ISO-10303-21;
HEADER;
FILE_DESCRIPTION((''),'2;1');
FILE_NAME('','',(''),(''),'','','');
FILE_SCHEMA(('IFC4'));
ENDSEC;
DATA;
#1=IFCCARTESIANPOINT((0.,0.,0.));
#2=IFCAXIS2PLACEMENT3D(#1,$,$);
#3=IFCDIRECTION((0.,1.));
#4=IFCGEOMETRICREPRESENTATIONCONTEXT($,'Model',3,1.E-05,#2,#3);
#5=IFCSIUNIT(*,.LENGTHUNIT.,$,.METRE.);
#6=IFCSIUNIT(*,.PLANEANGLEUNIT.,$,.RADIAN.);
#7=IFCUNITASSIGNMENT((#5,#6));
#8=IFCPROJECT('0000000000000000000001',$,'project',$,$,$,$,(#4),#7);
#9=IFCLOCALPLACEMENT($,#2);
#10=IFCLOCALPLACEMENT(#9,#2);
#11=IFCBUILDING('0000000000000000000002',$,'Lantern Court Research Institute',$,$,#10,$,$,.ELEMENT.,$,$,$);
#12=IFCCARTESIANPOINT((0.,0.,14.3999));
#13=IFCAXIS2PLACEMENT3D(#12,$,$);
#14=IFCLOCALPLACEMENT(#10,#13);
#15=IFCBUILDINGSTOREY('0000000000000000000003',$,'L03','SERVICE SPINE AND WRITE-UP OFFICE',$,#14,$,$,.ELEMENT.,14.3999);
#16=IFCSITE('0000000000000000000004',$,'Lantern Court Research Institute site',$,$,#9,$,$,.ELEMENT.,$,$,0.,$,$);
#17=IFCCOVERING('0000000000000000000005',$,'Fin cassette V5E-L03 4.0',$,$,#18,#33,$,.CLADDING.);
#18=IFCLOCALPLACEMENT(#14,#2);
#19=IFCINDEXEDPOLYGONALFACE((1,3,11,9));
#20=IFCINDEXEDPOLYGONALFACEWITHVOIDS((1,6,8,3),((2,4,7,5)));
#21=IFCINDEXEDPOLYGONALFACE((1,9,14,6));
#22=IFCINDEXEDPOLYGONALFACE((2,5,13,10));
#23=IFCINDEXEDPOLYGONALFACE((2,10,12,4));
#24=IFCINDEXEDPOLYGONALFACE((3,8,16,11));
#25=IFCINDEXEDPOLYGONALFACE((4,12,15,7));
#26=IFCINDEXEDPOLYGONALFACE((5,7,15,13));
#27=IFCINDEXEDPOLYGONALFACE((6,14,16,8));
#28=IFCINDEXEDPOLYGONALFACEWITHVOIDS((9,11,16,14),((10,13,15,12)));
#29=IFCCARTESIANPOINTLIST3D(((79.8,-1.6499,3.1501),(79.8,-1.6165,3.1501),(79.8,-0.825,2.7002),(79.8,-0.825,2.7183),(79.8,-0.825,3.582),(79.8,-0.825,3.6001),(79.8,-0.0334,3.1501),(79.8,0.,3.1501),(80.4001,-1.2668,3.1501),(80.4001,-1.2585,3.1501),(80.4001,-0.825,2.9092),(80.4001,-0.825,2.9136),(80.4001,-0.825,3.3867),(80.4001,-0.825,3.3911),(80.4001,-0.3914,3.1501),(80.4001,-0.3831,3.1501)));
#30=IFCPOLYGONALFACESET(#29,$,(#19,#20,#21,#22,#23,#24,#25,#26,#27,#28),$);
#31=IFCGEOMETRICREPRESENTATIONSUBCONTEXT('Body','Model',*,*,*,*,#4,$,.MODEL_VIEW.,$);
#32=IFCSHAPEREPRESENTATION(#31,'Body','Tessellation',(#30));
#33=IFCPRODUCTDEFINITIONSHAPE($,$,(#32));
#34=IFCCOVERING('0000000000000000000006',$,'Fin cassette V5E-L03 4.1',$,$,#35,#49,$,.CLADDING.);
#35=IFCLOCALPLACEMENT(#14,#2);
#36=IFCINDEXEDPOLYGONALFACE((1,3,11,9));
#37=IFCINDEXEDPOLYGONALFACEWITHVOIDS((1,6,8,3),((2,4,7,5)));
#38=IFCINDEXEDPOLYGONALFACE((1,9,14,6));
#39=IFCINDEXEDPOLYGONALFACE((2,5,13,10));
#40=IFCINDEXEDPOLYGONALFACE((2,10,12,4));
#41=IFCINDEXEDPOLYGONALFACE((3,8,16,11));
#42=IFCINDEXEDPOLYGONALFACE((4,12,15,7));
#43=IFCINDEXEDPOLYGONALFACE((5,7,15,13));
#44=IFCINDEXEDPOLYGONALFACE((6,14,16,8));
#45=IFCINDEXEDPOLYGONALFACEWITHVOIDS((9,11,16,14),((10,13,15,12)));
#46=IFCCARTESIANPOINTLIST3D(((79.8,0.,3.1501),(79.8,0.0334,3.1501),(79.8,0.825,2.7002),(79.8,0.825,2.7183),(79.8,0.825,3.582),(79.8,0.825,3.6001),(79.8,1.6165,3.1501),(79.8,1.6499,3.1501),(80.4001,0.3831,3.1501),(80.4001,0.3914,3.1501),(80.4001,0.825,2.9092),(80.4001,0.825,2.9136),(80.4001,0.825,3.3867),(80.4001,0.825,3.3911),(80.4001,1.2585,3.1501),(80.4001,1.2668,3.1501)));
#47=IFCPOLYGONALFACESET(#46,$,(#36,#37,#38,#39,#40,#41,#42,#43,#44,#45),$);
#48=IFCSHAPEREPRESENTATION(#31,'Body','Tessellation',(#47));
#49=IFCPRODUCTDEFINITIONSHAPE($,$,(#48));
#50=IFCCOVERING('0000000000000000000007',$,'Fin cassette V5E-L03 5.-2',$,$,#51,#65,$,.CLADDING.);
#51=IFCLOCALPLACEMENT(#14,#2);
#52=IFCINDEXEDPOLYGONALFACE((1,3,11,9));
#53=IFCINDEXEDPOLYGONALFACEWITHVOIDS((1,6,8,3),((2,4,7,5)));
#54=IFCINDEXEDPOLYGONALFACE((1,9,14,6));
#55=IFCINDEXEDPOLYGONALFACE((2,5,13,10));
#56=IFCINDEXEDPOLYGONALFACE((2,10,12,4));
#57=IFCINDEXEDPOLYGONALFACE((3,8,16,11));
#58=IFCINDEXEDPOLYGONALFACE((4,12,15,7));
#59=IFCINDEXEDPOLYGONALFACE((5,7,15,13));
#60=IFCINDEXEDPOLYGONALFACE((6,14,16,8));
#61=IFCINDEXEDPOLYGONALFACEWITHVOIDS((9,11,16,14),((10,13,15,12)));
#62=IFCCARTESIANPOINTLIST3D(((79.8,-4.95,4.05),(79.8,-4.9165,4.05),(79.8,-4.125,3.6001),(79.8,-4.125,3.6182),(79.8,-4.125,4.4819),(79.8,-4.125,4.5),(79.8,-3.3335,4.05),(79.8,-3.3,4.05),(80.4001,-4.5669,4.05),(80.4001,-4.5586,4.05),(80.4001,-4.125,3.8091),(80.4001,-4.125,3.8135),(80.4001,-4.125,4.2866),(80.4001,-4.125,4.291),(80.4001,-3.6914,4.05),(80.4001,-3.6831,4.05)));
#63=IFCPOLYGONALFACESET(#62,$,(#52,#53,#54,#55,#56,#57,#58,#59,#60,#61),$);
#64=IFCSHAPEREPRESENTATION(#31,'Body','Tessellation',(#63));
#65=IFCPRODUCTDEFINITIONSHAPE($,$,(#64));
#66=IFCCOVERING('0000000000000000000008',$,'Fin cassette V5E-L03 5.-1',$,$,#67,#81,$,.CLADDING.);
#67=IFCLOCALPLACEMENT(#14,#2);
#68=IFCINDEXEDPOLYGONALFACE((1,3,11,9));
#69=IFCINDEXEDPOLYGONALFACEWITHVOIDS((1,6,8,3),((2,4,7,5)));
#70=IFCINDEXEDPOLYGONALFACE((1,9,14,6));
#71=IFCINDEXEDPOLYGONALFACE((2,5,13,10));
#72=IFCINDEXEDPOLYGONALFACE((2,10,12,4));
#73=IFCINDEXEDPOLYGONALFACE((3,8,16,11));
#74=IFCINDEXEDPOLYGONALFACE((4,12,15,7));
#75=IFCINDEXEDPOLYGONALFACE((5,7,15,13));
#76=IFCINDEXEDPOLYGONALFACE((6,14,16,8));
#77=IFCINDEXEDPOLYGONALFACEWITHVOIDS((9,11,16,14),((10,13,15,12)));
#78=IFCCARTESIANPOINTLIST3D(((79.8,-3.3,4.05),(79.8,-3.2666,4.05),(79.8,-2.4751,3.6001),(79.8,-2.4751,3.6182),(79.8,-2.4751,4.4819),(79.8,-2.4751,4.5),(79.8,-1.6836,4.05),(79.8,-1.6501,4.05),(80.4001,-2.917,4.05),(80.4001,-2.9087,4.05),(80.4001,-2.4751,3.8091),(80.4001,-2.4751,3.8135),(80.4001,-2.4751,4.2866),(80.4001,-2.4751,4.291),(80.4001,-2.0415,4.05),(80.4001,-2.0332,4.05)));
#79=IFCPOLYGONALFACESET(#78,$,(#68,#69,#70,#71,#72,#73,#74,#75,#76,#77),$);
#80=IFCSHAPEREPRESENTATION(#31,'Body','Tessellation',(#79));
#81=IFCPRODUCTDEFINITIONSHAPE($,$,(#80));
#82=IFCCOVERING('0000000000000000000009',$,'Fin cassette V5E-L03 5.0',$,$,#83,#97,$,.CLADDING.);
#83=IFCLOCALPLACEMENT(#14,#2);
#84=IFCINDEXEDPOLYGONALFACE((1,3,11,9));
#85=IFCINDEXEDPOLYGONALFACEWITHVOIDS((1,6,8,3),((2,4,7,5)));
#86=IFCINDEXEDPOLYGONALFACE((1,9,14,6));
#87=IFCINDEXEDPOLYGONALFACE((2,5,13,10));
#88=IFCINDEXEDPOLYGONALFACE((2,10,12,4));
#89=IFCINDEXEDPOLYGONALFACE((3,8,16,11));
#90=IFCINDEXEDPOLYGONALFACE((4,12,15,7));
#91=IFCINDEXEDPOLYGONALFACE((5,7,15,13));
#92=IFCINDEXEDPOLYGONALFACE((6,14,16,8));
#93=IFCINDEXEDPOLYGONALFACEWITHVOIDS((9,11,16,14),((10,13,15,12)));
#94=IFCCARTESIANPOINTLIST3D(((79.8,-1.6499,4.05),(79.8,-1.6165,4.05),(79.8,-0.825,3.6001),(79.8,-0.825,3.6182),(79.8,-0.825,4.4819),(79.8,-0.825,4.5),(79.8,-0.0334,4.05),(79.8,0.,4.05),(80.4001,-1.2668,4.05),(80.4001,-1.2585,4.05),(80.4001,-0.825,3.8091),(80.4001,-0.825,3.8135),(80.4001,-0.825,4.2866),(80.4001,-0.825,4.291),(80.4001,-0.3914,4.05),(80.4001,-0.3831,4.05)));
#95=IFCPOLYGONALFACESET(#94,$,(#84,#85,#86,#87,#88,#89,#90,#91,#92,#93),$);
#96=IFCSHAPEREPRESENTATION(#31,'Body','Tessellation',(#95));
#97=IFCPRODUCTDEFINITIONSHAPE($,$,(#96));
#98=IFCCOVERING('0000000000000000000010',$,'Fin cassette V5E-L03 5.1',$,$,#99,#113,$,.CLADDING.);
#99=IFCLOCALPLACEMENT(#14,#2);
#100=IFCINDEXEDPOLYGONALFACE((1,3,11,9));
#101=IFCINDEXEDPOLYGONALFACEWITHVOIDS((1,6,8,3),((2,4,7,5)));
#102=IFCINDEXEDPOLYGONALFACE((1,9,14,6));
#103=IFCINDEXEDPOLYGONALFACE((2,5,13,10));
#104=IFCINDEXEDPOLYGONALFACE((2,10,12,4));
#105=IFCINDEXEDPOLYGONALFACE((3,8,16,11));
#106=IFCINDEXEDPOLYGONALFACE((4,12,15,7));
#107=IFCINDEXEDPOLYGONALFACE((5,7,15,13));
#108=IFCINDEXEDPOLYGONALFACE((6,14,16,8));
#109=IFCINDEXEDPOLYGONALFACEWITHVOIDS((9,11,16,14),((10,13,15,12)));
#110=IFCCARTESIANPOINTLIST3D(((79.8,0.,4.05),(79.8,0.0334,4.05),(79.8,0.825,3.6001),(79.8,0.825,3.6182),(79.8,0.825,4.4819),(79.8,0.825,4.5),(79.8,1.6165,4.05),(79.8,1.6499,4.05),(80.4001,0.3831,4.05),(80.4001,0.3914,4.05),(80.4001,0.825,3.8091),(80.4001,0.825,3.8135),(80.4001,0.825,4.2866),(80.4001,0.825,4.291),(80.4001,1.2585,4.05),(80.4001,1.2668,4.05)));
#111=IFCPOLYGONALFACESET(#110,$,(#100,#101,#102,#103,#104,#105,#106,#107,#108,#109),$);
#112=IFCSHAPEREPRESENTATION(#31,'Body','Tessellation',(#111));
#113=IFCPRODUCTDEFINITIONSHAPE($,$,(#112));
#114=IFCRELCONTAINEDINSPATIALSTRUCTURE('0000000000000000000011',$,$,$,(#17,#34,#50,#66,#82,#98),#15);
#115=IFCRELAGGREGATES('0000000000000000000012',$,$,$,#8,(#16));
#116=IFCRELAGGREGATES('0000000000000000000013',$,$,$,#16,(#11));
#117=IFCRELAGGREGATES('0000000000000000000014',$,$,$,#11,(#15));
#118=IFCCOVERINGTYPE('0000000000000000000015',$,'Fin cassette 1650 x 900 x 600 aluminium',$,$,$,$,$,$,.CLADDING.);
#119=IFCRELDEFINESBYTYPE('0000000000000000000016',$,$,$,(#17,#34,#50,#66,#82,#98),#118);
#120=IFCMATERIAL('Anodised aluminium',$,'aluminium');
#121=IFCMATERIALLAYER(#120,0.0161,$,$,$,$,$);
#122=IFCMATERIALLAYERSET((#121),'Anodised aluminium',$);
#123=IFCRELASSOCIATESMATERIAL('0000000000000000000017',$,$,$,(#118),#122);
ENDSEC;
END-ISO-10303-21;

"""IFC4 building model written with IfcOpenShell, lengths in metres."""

from ifc_helpers import new_model, entity, si_unit, direction, frame, origin, place, context, subcontext, project, spatial, material, layer, layer_set, type_object, element, save


model = new_model("IFC4")

# Units and contexts
model_context = context("Model", 3, precision=1e-05, world=origin(), true_north=direction((0.0, 1.0)))
body_context = subcontext(model_context, "Body", "Model", "MODEL_VIEW")
ifc_project = project(units=[si_unit("LENGTHUNIT", "METRE"), si_unit("PLANEANGLEUNIT", "RADIAN")], contexts=[model_context])

# Site, building, storey
site_placement = place(None, origin())
site = spatial("IfcSite", under=ifc_project, at=site_placement, Name="Lantern Court Research Institute site", CompositionType="ELEMENT", RefElevation=0.0)
building_placement = place(site_placement, origin())
building = spatial("IfcBuilding", under=site, at=building_placement, Name="Lantern Court Research Institute", CompositionType="ELEMENT")
storey_placement = place(building_placement, frame((0.0, 0.0, 14.3999)))
storey = spatial("IfcBuildingStorey", under=building, at=storey_placement, Name="L03", Description="SERVICE SPINE AND WRITE-UP OFFICE", CompositionType="ELEMENT", Elevation=14.3999)

# Coverings
ifc_material_1 = material(Name="Anodised aluminium", Category="aluminium")
ifc_layer_1 = layer(ifc_material_1, 0.0161)
ifc_layer_set_1 = layer_set([ifc_layer_1], Name="Anodised aluminium")
covering_type = type_object("IfcCoveringType", Name="Fin cassette 1650 x 900 x 600 aluminium", PredefinedType="CLADDING", material=ifc_layer_set_1)
covering_1_placement = place(storey_placement, frame((79.8, -0.825, 3.1501), z_axis=(1.0, 0.0, 0.0), x_axis=(0.0, 1.0, 0.0)))
cartesian_point_1 = entity("IfcCartesianPoint", [0.825, 0.0])
cartesian_point_2 = entity("IfcCartesianPoint", [0.7915, 0.0])
cartesian_point_3 = entity("IfcCartesianPoint", [0.4419, 0.0])
cartesian_point_4 = entity("IfcCartesianPoint", [0.4336, 0.0])
element("IfcCovering", 1, at=covering_1_placement, inside=storey, type_object=covering_type, Name="Fin cassette V5E-L03 4.0", PredefinedType="CLADDING", context=body_context, shape_type="SweptSolid", body=[
    entity("IfcExtrudedAreaSolidTapered", entity("IfcArbitraryProfileDefWithVoids", "AREA", None, entity("IfcPolyline", [cartesian_point_1, entity("IfcCartesianPoint", [0.0, 0.45]), entity("IfcCartesianPoint", [-0.825, 0.0]), entity("IfcCartesianPoint", [0.0, -0.45]), cartesian_point_1]), [entity("IfcPolyline", [cartesian_point_2, entity("IfcCartesianPoint", [0.0, 0.4319]), entity("IfcCartesianPoint", [-0.7915, 0.0]), entity("IfcCartesianPoint", [0.0, -0.4319]), cartesian_point_2])]), entity("IfcAxis2Placement3D", entity("IfcCartesianPoint", [0.0, 0.0, 0.0])), entity("IfcDirection", [0.0, 0.0, 1.0]), 0.6001, entity("IfcArbitraryProfileDefWithVoids", "AREA", None, entity("IfcPolyline", [cartesian_point_3, entity("IfcCartesianPoint", [0.0, 0.241]), entity("IfcCartesianPoint", [-0.4419, 0.0]), entity("IfcCartesianPoint", [0.0, -0.241]), cartesian_point_3]), [entity("IfcPolyline", [cartesian_point_4, entity("IfcCartesianPoint", [0.0, 0.2366]), entity("IfcCartesianPoint", [-0.4336, 0.0]), entity("IfcCartesianPoint", [0.0, -0.2366]), cartesian_point_4])])),
])
covering_2_placement = place(storey_placement, frame((79.8, 0.825, 3.1501), z_axis=(1.0, 0.0, 0.0), x_axis=(0.0, 1.0, 0.0)))
cartesian_point_5 = entity("IfcCartesianPoint", [0.825, 0.0])
cartesian_point_6 = entity("IfcCartesianPoint", [0.7915, 0.0])
cartesian_point_7 = entity("IfcCartesianPoint", [0.4419, 0.0])
cartesian_point_8 = entity("IfcCartesianPoint", [0.4336, 0.0])
element("IfcCovering", 2, at=covering_2_placement, inside=storey, type_object=covering_type, Name="Fin cassette V5E-L03 4.1", PredefinedType="CLADDING", context=body_context, shape_type="SweptSolid", body=[
    entity("IfcExtrudedAreaSolidTapered", entity("IfcArbitraryProfileDefWithVoids", "AREA", None, entity("IfcPolyline", [cartesian_point_5, entity("IfcCartesianPoint", [0.0, 0.45]), entity("IfcCartesianPoint", [-0.825, 0.0]), entity("IfcCartesianPoint", [0.0, -0.45]), cartesian_point_5]), [entity("IfcPolyline", [cartesian_point_6, entity("IfcCartesianPoint", [0.0, 0.4319]), entity("IfcCartesianPoint", [-0.7915, 0.0]), entity("IfcCartesianPoint", [0.0, -0.4319]), cartesian_point_6])]), entity("IfcAxis2Placement3D", entity("IfcCartesianPoint", [0.0, 0.0, 0.0])), entity("IfcDirection", [0.0, 0.0, 1.0]), 0.6001, entity("IfcArbitraryProfileDefWithVoids", "AREA", None, entity("IfcPolyline", [cartesian_point_7, entity("IfcCartesianPoint", [0.0, 0.241]), entity("IfcCartesianPoint", [-0.4419, 0.0]), entity("IfcCartesianPoint", [0.0, -0.241]), cartesian_point_7]), [entity("IfcPolyline", [cartesian_point_8, entity("IfcCartesianPoint", [0.0, 0.2366]), entity("IfcCartesianPoint", [-0.4336, 0.0]), entity("IfcCartesianPoint", [0.0, -0.2366]), cartesian_point_8])])),
])
covering_3_placement = place(storey_placement, frame((79.8, -4.125, 4.05), z_axis=(1.0, 0.0, 0.0), x_axis=(0.0, 1.0, 0.0)))
cartesian_point_9 = entity("IfcCartesianPoint", [0.825, 0.0])
cartesian_point_10 = entity("IfcCartesianPoint", [0.7915, 0.0])
cartesian_point_11 = entity("IfcCartesianPoint", [0.4419, 0.0])
cartesian_point_12 = entity("IfcCartesianPoint", [0.4336, 0.0])
element("IfcCovering", 3, at=covering_3_placement, inside=storey, type_object=covering_type, Name="Fin cassette V5E-L03 5.-2", PredefinedType="CLADDING", context=body_context, shape_type="SweptSolid", body=[
    entity("IfcExtrudedAreaSolidTapered", entity("IfcArbitraryProfileDefWithVoids", "AREA", None, entity("IfcPolyline", [cartesian_point_9, entity("IfcCartesianPoint", [0.0, 0.45]), entity("IfcCartesianPoint", [-0.825, 0.0]), entity("IfcCartesianPoint", [0.0, -0.45]), cartesian_point_9]), [entity("IfcPolyline", [cartesian_point_10, entity("IfcCartesianPoint", [0.0, 0.4319]), entity("IfcCartesianPoint", [-0.7915, 0.0]), entity("IfcCartesianPoint", [0.0, -0.4319]), cartesian_point_10])]), entity("IfcAxis2Placement3D", entity("IfcCartesianPoint", [0.0, 0.0, 0.0])), entity("IfcDirection", [0.0, 0.0, 1.0]), 0.6001, entity("IfcArbitraryProfileDefWithVoids", "AREA", None, entity("IfcPolyline", [cartesian_point_11, entity("IfcCartesianPoint", [0.0, 0.241]), entity("IfcCartesianPoint", [-0.4419, 0.0]), entity("IfcCartesianPoint", [0.0, -0.241]), cartesian_point_11]), [entity("IfcPolyline", [cartesian_point_12, entity("IfcCartesianPoint", [0.0, 0.2366]), entity("IfcCartesianPoint", [-0.4336, 0.0]), entity("IfcCartesianPoint", [0.0, -0.2366]), cartesian_point_12])])),
])
covering_4_placement = place(storey_placement, frame((79.8, -2.4751, 4.05), z_axis=(1.0, 0.0, 0.0), x_axis=(0.0, 1.0, 0.0)))
cartesian_point_13 = entity("IfcCartesianPoint", [0.825, 0.0])
cartesian_point_14 = entity("IfcCartesianPoint", [0.7915, 0.0])
cartesian_point_15 = entity("IfcCartesianPoint", [0.4419, 0.0])
cartesian_point_16 = entity("IfcCartesianPoint", [0.4336, 0.0])
element("IfcCovering", 4, at=covering_4_placement, inside=storey, type_object=covering_type, Name="Fin cassette V5E-L03 5.-1", PredefinedType="CLADDING", context=body_context, shape_type="SweptSolid", body=[
    entity("IfcExtrudedAreaSolidTapered", entity("IfcArbitraryProfileDefWithVoids", "AREA", None, entity("IfcPolyline", [cartesian_point_13, entity("IfcCartesianPoint", [0.0, 0.45]), entity("IfcCartesianPoint", [-0.825, 0.0]), entity("IfcCartesianPoint", [0.0, -0.45]), cartesian_point_13]), [entity("IfcPolyline", [cartesian_point_14, entity("IfcCartesianPoint", [0.0, 0.4319]), entity("IfcCartesianPoint", [-0.7915, 0.0]), entity("IfcCartesianPoint", [0.0, -0.4319]), cartesian_point_14])]), entity("IfcAxis2Placement3D", entity("IfcCartesianPoint", [0.0, 0.0, 0.0])), entity("IfcDirection", [0.0, 0.0, 1.0]), 0.6001, entity("IfcArbitraryProfileDefWithVoids", "AREA", None, entity("IfcPolyline", [cartesian_point_15, entity("IfcCartesianPoint", [0.0, 0.241]), entity("IfcCartesianPoint", [-0.4419, 0.0]), entity("IfcCartesianPoint", [0.0, -0.241]), cartesian_point_15]), [entity("IfcPolyline", [cartesian_point_16, entity("IfcCartesianPoint", [0.0, 0.2366]), entity("IfcCartesianPoint", [-0.4336, 0.0]), entity("IfcCartesianPoint", [0.0, -0.2366]), cartesian_point_16])])),
])
covering_5_placement = place(storey_placement, frame((79.8, -0.825, 4.05), z_axis=(1.0, 0.0, 0.0), x_axis=(0.0, 1.0, 0.0)))
cartesian_point_17 = entity("IfcCartesianPoint", [0.825, 0.0])
cartesian_point_18 = entity("IfcCartesianPoint", [0.7915, 0.0])
cartesian_point_19 = entity("IfcCartesianPoint", [0.4419, 0.0])
cartesian_point_20 = entity("IfcCartesianPoint", [0.4336, 0.0])
element("IfcCovering", 5, at=covering_5_placement, inside=storey, type_object=covering_type, Name="Fin cassette V5E-L03 5.0", PredefinedType="CLADDING", context=body_context, shape_type="SweptSolid", body=[
    entity("IfcExtrudedAreaSolidTapered", entity("IfcArbitraryProfileDefWithVoids", "AREA", None, entity("IfcPolyline", [cartesian_point_17, entity("IfcCartesianPoint", [0.0, 0.45]), entity("IfcCartesianPoint", [-0.825, 0.0]), entity("IfcCartesianPoint", [0.0, -0.45]), cartesian_point_17]), [entity("IfcPolyline", [cartesian_point_18, entity("IfcCartesianPoint", [0.0, 0.4319]), entity("IfcCartesianPoint", [-0.7915, 0.0]), entity("IfcCartesianPoint", [0.0, -0.4319]), cartesian_point_18])]), entity("IfcAxis2Placement3D", entity("IfcCartesianPoint", [0.0, 0.0, 0.0])), entity("IfcDirection", [0.0, 0.0, 1.0]), 0.6001, entity("IfcArbitraryProfileDefWithVoids", "AREA", None, entity("IfcPolyline", [cartesian_point_19, entity("IfcCartesianPoint", [0.0, 0.241]), entity("IfcCartesianPoint", [-0.4419, 0.0]), entity("IfcCartesianPoint", [0.0, -0.241]), cartesian_point_19]), [entity("IfcPolyline", [cartesian_point_20, entity("IfcCartesianPoint", [0.0, 0.2366]), entity("IfcCartesianPoint", [-0.4336, 0.0]), entity("IfcCartesianPoint", [0.0, -0.2366]), cartesian_point_20])])),
])
covering_6_placement = place(storey_placement, frame((79.8, 0.825, 4.05), z_axis=(1.0, 0.0, 0.0), x_axis=(0.0, 1.0, 0.0)))
cartesian_point_21 = entity("IfcCartesianPoint", [0.825, 0.0])
cartesian_point_22 = entity("IfcCartesianPoint", [0.7915, 0.0])
cartesian_point_23 = entity("IfcCartesianPoint", [0.4419, 0.0])
cartesian_point_24 = entity("IfcCartesianPoint", [0.4336, 0.0])
element("IfcCovering", 6, at=covering_6_placement, inside=storey, type_object=covering_type, Name="Fin cassette V5E-L03 5.1", PredefinedType="CLADDING", context=body_context, shape_type="SweptSolid", body=[
    entity("IfcExtrudedAreaSolidTapered", entity("IfcArbitraryProfileDefWithVoids", "AREA", None, entity("IfcPolyline", [cartesian_point_21, entity("IfcCartesianPoint", [0.0, 0.45]), entity("IfcCartesianPoint", [-0.825, 0.0]), entity("IfcCartesianPoint", [0.0, -0.45]), cartesian_point_21]), [entity("IfcPolyline", [cartesian_point_22, entity("IfcCartesianPoint", [0.0, 0.4319]), entity("IfcCartesianPoint", [-0.7915, 0.0]), entity("IfcCartesianPoint", [0.0, -0.4319]), cartesian_point_22])]), entity("IfcAxis2Placement3D", entity("IfcCartesianPoint", [0.0, 0.0, 0.0])), entity("IfcDirection", [0.0, 0.0, 1.0]), 0.6001, entity("IfcArbitraryProfileDefWithVoids", "AREA", None, entity("IfcPolyline", [cartesian_point_23, entity("IfcCartesianPoint", [0.0, 0.241]), entity("IfcCartesianPoint", [-0.4419, 0.0]), entity("IfcCartesianPoint", [0.0, -0.241]), cartesian_point_23]), [entity("IfcPolyline", [cartesian_point_24, entity("IfcCartesianPoint", [0.0, 0.2366]), entity("IfcCartesianPoint", [-0.4336, 0.0]), entity("IfcCartesianPoint", [0.0, -0.2366]), cartesian_point_24])])),
])

save(model, "model.ifc")
